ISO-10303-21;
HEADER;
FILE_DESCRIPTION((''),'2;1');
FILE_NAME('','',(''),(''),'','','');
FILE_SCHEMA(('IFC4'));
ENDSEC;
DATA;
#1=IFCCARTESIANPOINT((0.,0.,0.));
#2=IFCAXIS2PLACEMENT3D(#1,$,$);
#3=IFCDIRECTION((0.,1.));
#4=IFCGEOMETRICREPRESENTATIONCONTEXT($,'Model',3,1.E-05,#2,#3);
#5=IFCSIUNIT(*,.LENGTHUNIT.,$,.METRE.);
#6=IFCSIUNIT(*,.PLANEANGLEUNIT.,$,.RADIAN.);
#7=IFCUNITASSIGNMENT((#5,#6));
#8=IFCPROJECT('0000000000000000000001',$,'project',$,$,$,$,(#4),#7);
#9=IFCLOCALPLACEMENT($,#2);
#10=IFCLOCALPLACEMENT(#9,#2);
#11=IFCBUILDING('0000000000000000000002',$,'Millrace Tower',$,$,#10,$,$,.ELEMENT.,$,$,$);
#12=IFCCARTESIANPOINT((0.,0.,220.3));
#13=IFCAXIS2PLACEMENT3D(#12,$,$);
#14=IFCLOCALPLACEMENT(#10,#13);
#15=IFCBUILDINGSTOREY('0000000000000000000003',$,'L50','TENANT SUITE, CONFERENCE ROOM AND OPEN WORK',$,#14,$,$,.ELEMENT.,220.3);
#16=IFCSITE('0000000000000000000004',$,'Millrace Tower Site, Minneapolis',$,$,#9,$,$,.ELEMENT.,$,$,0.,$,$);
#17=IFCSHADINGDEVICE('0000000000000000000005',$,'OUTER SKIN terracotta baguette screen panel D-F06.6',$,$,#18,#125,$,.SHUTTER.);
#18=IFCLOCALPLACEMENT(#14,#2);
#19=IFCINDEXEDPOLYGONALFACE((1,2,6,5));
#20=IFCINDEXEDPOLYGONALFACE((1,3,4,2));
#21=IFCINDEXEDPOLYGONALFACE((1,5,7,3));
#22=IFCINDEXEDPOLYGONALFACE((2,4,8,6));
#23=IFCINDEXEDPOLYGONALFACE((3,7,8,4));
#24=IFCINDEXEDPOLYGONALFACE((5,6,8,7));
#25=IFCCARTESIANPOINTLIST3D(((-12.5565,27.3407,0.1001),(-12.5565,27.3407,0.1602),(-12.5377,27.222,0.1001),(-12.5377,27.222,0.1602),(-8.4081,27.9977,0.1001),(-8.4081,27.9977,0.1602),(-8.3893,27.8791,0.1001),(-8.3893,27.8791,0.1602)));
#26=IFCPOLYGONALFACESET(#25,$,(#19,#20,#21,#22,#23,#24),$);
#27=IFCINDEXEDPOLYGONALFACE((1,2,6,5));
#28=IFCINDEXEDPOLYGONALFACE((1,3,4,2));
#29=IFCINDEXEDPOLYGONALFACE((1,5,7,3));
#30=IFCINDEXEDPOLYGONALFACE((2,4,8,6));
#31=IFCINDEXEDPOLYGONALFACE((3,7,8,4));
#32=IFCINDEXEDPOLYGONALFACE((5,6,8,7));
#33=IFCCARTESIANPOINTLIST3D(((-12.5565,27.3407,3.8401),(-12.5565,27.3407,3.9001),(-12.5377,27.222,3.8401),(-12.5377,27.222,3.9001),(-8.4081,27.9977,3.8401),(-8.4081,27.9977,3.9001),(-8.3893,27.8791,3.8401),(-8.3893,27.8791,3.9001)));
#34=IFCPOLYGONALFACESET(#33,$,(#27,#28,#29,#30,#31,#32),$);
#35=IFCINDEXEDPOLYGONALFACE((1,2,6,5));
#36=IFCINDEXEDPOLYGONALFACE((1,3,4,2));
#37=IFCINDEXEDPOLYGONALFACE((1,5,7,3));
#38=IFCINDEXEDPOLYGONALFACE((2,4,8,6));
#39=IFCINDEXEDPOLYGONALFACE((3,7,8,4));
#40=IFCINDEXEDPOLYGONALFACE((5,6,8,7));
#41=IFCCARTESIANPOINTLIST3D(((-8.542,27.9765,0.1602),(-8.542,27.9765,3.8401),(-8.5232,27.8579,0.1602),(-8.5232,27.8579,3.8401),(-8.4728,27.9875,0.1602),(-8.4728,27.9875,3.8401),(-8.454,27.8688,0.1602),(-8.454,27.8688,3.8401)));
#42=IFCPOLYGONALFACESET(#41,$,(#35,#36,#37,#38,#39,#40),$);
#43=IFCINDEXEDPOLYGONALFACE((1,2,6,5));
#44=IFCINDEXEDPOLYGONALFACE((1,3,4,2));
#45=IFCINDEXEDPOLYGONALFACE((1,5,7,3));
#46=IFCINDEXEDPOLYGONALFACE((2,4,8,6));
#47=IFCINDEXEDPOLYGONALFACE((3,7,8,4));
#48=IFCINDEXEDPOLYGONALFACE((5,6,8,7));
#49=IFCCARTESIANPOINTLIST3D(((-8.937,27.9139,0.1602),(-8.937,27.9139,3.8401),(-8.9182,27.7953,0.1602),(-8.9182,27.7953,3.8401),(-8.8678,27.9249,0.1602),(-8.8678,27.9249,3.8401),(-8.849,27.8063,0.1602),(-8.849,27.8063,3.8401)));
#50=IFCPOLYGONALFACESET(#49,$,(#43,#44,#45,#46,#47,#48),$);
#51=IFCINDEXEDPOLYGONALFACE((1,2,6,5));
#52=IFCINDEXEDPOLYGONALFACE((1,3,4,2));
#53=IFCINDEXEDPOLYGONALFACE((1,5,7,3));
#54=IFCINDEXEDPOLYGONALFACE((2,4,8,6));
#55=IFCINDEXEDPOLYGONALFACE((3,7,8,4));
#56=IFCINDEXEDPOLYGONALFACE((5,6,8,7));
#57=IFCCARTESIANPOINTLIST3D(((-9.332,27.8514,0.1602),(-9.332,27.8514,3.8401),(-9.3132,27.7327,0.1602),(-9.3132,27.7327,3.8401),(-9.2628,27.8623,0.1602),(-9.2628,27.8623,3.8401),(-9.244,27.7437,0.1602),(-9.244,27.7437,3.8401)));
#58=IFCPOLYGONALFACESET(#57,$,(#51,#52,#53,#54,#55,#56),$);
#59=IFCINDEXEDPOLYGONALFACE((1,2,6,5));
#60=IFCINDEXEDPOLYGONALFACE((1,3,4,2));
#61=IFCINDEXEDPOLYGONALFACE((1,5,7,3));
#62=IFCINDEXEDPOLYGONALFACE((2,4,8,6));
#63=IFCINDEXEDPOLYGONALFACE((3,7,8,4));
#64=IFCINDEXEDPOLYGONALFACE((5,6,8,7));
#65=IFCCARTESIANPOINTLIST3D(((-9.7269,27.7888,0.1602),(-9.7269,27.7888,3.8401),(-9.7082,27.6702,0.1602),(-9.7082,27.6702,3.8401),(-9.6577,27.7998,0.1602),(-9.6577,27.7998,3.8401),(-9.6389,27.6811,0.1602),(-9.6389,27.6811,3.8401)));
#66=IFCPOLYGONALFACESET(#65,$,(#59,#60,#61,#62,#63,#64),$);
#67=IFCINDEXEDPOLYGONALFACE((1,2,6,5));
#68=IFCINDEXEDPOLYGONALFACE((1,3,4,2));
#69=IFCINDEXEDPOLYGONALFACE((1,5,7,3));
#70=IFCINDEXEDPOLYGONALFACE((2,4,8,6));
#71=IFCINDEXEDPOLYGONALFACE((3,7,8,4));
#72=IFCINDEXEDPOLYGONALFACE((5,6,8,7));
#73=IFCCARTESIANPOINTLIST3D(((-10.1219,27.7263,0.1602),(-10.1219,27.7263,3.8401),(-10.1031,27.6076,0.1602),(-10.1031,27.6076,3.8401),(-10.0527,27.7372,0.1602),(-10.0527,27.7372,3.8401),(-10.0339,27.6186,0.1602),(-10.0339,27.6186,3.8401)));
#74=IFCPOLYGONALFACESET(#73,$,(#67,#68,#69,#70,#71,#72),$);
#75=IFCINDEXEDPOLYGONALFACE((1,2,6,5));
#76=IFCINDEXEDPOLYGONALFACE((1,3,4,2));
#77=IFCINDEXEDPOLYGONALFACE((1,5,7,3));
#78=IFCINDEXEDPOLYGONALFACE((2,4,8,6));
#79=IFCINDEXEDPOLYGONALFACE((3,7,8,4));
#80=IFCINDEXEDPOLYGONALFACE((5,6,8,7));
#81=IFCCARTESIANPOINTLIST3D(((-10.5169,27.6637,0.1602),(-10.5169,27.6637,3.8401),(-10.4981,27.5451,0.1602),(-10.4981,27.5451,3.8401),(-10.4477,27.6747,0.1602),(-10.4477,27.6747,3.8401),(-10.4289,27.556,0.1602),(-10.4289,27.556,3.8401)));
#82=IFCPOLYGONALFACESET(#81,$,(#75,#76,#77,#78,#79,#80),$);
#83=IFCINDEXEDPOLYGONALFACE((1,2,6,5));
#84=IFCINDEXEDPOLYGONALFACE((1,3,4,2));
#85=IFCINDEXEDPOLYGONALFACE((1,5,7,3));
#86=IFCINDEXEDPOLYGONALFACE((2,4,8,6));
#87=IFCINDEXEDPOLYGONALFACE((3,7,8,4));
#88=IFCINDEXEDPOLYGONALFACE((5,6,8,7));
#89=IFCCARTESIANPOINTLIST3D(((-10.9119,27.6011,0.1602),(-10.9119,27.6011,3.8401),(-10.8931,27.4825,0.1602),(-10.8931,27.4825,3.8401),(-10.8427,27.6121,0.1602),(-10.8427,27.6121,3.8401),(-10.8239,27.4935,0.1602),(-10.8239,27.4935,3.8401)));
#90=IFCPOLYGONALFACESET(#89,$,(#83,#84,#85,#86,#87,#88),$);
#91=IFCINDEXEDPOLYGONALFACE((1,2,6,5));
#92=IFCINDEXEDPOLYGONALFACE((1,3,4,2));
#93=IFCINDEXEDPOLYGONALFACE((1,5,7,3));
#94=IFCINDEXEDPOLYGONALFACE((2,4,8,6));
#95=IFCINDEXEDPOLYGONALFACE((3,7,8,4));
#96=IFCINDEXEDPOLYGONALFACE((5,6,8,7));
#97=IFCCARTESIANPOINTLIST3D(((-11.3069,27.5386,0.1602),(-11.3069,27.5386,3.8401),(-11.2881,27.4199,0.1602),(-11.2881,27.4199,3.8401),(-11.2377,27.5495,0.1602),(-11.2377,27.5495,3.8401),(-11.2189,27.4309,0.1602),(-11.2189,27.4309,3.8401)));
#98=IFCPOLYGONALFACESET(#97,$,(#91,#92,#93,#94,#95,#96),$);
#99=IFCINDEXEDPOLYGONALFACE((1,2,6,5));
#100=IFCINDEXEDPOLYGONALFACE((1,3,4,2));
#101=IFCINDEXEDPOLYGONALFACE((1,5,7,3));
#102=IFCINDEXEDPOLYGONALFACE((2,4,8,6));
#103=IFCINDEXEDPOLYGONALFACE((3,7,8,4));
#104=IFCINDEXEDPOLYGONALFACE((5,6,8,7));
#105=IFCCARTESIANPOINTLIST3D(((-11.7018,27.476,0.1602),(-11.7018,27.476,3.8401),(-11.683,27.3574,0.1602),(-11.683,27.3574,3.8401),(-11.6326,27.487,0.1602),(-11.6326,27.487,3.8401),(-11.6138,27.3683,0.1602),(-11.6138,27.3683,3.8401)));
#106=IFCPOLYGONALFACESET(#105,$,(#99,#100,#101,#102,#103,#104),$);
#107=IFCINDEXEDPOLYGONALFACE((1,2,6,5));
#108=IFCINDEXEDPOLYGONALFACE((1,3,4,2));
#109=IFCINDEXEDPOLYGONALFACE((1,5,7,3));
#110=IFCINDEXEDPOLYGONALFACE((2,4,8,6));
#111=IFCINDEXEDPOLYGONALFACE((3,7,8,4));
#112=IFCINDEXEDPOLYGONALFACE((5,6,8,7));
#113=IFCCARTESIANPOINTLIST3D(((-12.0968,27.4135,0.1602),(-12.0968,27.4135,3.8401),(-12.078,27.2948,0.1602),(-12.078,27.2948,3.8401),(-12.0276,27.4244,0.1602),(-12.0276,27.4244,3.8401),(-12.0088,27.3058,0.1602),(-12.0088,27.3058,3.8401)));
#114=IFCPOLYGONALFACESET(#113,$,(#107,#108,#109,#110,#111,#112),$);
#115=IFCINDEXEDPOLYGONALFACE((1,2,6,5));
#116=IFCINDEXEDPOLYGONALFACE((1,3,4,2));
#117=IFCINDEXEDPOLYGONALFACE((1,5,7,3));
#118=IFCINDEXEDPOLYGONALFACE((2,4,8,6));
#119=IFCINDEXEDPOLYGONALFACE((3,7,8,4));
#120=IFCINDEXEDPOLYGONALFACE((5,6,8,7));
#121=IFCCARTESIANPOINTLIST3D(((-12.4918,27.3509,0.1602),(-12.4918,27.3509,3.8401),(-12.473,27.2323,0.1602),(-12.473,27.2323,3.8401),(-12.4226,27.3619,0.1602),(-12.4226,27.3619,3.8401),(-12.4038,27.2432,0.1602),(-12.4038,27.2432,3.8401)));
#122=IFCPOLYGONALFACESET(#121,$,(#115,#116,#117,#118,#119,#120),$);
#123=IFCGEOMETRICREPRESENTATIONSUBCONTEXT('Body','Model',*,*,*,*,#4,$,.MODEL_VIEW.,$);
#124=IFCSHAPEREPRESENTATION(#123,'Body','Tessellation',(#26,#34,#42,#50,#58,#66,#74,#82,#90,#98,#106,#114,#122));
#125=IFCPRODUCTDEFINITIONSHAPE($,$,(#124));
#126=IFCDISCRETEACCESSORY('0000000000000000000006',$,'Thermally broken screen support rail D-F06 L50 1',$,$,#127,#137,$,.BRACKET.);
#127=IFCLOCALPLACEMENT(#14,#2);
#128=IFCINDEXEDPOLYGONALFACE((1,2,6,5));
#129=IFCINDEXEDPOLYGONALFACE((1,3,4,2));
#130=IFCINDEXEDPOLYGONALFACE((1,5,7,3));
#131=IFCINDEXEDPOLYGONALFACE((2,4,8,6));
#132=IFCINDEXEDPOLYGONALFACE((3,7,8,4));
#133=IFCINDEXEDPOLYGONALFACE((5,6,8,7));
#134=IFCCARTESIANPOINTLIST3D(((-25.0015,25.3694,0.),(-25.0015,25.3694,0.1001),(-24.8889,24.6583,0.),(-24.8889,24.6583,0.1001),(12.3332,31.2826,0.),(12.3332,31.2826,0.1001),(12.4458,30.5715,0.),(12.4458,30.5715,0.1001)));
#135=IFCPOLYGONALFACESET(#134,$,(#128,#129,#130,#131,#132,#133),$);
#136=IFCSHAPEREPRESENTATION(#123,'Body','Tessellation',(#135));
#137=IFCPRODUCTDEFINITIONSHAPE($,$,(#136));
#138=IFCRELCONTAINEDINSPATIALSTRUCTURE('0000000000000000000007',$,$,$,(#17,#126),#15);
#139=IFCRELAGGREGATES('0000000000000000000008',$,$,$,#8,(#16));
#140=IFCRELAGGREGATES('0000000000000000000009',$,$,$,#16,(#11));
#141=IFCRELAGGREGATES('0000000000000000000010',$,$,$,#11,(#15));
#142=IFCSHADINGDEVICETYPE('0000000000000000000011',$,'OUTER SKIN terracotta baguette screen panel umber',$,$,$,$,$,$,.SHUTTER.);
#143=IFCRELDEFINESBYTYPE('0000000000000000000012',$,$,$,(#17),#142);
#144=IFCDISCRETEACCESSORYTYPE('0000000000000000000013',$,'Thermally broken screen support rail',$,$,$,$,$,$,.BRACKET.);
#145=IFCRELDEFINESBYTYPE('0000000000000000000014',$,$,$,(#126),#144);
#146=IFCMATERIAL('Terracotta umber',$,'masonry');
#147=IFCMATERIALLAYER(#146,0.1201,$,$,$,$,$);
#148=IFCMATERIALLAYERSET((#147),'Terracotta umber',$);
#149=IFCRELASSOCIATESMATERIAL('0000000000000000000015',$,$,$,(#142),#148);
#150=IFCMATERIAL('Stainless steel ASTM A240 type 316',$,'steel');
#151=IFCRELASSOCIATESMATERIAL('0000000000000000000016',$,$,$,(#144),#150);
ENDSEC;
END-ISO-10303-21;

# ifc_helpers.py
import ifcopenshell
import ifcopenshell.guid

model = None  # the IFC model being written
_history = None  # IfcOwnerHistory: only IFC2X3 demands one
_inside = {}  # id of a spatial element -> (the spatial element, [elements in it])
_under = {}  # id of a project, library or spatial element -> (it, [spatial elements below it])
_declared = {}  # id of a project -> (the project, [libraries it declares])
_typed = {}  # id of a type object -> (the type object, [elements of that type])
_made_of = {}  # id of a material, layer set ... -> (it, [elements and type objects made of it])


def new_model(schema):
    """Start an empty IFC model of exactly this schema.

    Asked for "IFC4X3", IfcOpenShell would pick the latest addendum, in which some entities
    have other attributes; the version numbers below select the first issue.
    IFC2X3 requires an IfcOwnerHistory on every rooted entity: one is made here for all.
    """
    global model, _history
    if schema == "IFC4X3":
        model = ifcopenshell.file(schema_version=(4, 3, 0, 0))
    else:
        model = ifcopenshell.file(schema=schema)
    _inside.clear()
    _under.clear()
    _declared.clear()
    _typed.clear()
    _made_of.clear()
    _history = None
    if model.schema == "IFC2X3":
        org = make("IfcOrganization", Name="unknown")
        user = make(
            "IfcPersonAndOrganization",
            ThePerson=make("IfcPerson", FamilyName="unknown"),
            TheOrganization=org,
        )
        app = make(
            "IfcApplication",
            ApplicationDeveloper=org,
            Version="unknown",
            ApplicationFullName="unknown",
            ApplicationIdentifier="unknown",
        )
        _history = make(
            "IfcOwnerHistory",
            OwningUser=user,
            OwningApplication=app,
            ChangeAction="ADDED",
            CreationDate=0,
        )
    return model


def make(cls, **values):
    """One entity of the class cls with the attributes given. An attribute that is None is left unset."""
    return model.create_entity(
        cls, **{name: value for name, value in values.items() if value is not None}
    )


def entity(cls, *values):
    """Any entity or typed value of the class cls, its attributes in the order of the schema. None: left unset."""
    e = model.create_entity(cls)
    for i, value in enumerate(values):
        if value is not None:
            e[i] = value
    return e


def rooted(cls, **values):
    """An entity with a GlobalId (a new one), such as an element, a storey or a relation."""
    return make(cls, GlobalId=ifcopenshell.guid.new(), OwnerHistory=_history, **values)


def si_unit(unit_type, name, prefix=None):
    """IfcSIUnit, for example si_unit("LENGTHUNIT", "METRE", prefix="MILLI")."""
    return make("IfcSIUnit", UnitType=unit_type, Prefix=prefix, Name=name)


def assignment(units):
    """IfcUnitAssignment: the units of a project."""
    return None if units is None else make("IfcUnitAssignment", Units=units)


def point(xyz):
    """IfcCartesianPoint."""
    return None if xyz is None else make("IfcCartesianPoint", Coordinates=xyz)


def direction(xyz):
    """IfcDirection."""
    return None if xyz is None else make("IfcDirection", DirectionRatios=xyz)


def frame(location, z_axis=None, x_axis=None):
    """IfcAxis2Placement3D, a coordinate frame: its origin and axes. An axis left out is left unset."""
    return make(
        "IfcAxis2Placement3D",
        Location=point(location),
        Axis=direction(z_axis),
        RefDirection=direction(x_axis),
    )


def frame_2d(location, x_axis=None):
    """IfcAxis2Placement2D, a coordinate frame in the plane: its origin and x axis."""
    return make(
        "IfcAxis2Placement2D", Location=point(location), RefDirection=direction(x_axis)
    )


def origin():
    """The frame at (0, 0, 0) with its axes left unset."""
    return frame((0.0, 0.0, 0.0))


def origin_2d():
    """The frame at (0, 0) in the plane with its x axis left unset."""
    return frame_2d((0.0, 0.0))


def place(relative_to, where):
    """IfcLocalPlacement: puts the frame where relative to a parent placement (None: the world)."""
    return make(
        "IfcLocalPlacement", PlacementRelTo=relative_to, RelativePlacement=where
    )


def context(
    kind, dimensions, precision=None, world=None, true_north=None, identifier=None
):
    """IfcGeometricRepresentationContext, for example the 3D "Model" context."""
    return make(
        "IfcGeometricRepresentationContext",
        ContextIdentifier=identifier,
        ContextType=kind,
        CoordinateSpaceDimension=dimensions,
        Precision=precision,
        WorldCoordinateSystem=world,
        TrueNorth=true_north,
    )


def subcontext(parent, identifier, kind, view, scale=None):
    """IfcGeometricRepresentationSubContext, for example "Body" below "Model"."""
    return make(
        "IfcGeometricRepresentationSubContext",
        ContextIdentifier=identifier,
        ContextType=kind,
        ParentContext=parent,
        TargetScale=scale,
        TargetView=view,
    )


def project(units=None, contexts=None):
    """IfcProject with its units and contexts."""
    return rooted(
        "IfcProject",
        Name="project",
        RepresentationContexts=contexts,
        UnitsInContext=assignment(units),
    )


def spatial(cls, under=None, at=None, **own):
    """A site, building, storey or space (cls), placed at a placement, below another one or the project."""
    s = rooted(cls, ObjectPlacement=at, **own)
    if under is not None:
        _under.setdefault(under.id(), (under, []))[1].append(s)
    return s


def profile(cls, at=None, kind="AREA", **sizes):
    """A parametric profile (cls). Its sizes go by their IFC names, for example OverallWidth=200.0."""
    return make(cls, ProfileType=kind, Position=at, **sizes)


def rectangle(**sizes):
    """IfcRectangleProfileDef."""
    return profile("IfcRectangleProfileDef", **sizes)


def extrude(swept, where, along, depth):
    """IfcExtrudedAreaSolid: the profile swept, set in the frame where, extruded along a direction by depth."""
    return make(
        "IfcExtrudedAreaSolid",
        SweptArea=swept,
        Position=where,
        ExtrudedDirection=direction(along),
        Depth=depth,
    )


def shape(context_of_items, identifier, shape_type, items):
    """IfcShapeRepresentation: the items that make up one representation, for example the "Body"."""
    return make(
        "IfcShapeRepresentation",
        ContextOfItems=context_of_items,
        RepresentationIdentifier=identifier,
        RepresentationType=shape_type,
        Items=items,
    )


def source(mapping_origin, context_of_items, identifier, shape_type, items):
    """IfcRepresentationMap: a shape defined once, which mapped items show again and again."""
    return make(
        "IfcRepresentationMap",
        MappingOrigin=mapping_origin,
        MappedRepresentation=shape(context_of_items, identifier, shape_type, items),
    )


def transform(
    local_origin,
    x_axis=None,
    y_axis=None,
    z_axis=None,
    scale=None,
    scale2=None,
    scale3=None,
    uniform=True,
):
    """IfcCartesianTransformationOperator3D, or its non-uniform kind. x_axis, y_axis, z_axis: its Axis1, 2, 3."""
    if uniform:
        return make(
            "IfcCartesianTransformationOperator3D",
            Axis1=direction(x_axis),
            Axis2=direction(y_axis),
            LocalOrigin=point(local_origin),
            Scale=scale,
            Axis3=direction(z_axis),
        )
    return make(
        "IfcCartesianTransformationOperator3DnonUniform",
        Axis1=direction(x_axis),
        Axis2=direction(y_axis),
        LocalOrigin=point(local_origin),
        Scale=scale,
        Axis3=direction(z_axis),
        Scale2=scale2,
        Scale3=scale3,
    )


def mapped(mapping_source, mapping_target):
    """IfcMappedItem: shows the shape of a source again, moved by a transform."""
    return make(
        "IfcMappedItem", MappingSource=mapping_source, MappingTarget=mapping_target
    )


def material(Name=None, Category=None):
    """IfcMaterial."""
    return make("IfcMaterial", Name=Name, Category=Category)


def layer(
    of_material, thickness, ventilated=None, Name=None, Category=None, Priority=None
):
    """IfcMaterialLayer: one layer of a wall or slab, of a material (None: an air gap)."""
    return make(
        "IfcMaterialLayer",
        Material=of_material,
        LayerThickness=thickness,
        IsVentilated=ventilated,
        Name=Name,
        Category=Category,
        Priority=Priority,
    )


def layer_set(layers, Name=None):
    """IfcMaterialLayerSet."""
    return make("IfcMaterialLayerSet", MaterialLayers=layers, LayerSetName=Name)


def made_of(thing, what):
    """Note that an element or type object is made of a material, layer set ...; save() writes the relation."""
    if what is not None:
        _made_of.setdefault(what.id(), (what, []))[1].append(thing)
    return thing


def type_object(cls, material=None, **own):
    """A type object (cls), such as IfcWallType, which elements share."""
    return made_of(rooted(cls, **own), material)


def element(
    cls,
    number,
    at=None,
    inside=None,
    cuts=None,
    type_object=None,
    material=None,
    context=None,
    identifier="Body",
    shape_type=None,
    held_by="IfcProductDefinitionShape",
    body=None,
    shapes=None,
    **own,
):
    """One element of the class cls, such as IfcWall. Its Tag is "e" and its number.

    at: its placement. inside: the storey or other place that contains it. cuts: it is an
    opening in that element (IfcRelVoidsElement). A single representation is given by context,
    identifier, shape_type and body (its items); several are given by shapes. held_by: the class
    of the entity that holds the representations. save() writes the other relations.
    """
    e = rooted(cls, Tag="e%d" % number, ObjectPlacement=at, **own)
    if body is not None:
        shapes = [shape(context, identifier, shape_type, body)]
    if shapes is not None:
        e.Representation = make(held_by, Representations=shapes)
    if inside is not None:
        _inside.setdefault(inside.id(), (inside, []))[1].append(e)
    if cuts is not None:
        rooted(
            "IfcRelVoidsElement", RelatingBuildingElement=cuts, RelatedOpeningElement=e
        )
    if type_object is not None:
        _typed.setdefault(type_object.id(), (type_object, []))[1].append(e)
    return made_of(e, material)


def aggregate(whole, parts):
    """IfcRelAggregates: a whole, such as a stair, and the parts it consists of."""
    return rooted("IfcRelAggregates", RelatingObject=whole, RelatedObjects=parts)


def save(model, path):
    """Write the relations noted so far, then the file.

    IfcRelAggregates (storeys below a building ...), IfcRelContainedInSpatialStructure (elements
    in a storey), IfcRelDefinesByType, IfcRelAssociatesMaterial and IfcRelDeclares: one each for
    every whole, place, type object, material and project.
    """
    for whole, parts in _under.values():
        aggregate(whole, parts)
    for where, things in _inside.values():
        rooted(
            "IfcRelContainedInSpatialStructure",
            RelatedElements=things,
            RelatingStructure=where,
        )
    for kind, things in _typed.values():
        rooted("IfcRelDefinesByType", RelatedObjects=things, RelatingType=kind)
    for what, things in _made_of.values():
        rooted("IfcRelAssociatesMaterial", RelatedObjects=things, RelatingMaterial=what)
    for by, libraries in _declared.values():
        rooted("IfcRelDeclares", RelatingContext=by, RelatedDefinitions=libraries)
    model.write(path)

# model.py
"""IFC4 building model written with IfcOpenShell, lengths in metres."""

from ifc_helpers import new_model, entity, si_unit, direction, frame, frame_2d, origin, origin_2d, place, context, subcontext, project, spatial, rectangle, extrude, source, transform, mapped, material, layer, layer_set, type_object, element, save


model = new_model("IFC4")

# Units and contexts
model_context = context("Model", 3, precision=1e-05, world=origin(), true_north=direction((0.0, 1.0)))
body_context = subcontext(model_context, "Body", "Model", "MODEL_VIEW")
ifc_project = project(units=[si_unit("LENGTHUNIT", "METRE"), si_unit("PLANEANGLEUNIT", "RADIAN")], contexts=[model_context])

# Site, building, storey
site_placement = place(None, origin())
site = spatial("IfcSite", under=ifc_project, at=site_placement, Name="Millrace Tower Site, Minneapolis", CompositionType="ELEMENT", RefElevation=0.0)
building_placement = place(site_placement, origin())
building = spatial("IfcBuilding", under=site, at=building_placement, Name="Millrace Tower", CompositionType="ELEMENT")
storey_placement = place(building_placement, frame((0.0, 0.0, 220.3)))
storey = spatial("IfcBuildingStorey", under=building, at=storey_placement, Name="L50", Description="TENANT SUITE, CONFERENCE ROOM AND OPEN WORK", CompositionType="ELEMENT", Elevation=220.3)

# Shading device
ifc_material_1 = material(Name="Terracotta umber", Category="masonry")
ifc_layer_1 = layer(ifc_material_1, 0.1201)
ifc_layer_set_1 = layer_set([ifc_layer_1], Name="Terracotta umber")
shading_device_type = type_object("IfcShadingDeviceType", Name="OUTER SKIN terracotta baguette screen panel umber", PredefinedType="SHUTTER", material=ifc_layer_set_1)
cartesian_point = entity("IfcCartesianPoint", [-2.1001, 0.0601])
shared_polyline = entity("IfcPolyline", [cartesian_point, entity("IfcCartesianPoint", [2.1001, 0.0601]), entity("IfcCartesianPoint", [2.1001, -0.0601]), entity("IfcCartesianPoint", [-2.1001, -0.0601]), cartesian_point])
shared_shape = source(origin(), body_context, "Body", "SweptSolid", [
    entity("IfcExtrudedAreaSolid", entity("IfcArbitraryClosedProfileDef", "AREA", None, shared_polyline), entity("IfcAxis2Placement3D", entity("IfcCartesianPoint", [0.0, 0.0, 0.0])), entity("IfcDirection", [0.0, 0.0, 1.0]), 0.0601),
    entity("IfcExtrudedAreaSolid", entity("IfcArbitraryClosedProfileDef", "AREA", None, shared_polyline), entity("IfcAxis2Placement3D", entity("IfcCartesianPoint", [0.0, 0.0, 3.74])), entity("IfcDirection", [0.0, 0.0, 1.0]), 0.0601),
    extrude(rectangle(XDim=0.0701, YDim=0.1201, at=frame_2d((-1.9995, 0.0))), frame((0.0, 0.0, 0.0601)), (0.0, 0.0, 1.0), 3.6799),
    extrude(rectangle(XDim=0.0701, YDim=0.1201, at=frame_2d((-1.5996, 0.0))), frame((0.0, 0.0, 0.0601)), (0.0, 0.0, 1.0), 3.6799),
    extrude(rectangle(XDim=0.0701, YDim=0.1201, at=frame_2d((-1.1997, 0.0))), frame((0.0, 0.0, 0.0601)), (0.0, 0.0, 1.0), 3.6799),
    extrude(rectangle(XDim=0.0701, YDim=0.1201, at=frame_2d((-0.7998, 0.0))), frame((0.0, 0.0, 0.0601)), (0.0, 0.0, 1.0), 3.6799),
    extrude(rectangle(XDim=0.0701, YDim=0.1201, at=frame_2d((-0.3999, 0.0))), frame((0.0, 0.0, 0.0601)), (0.0, 0.0, 1.0), 3.6799),
    extrude(rectangle(XDim=0.0701, YDim=0.1201, at=origin_2d()), frame((0.0, 0.0, 0.0601)), (0.0, 0.0, 1.0), 3.6799),
    extrude(rectangle(XDim=0.0701, YDim=0.1201, at=frame_2d((0.3999, 0.0))), frame((0.0, 0.0, 0.0601)), (0.0, 0.0, 1.0), 3.6799),
    extrude(rectangle(XDim=0.0701, YDim=0.1201, at=frame_2d((0.7998, 0.0))), frame((0.0, 0.0, 0.0601)), (0.0, 0.0, 1.0), 3.6799),
    extrude(rectangle(XDim=0.0701, YDim=0.1201, at=frame_2d((1.1997, 0.0))), frame((0.0, 0.0, 0.0601)), (0.0, 0.0, 1.0), 3.6799),
    extrude(rectangle(XDim=0.0701, YDim=0.1201, at=frame_2d((1.5996, 0.0))), frame((0.0, 0.0, 0.0601)), (0.0, 0.0, 1.0), 3.6799),
    extrude(rectangle(XDim=0.0701, YDim=0.1201, at=frame_2d((1.9995, 0.0))), frame((0.0, 0.0, 0.0601)), (0.0, 0.0, 1.0), 3.6799),
])
for number, where, z_axis, x_axis, name in (
    (1, (-10.4729, 27.6099, 0.1001), (0.0, 0.0, 1.0), (-0.987688, -0.156434, 0.0), "OUTER SKIN terracotta baguette screen panel D-F06.6"),
):
    element("IfcShadingDevice", number, at=place(storey_placement, frame(where, z_axis=z_axis, x_axis=x_axis)), inside=storey, type_object=shading_device_type, Name=name, PredefinedType="SHUTTER", context=body_context, shape_type="MappedRepresentation", body=[
        mapped(shared_shape, transform((0.0, 0.0, 0.0), scale=1.0)),
    ])

# Discrete accessory
ifc_material_2 = material(Name="Stainless steel ASTM A240 type 316", Category="steel")
discrete_accessory_type = type_object("IfcDiscreteAccessoryType", Name="Thermally broken screen support rail", PredefinedType="BRACKET", material=ifc_material_2)
discrete_accessory_placement = place(storey_placement, frame((-6.2778, 27.9705, 0.0), z_axis=(0.0, 0.0, 1.0), x_axis=(-0.987688, -0.156434, 0.0)))
element("IfcDiscreteAccessory", 2, at=discrete_accessory_placement, inside=storey, type_object=discrete_accessory_type, Name="Thermally broken screen support rail D-F06 L50 1", PredefinedType="BRACKET", context=body_context, shape_type="SweptSolid", body=[
    extrude(rectangle(XDim=37.8, YDim=0.72, at=origin_2d()), origin(), (0.0, 0.0, 1.0), 0.1001),
])

save(model, "model.ifc")
